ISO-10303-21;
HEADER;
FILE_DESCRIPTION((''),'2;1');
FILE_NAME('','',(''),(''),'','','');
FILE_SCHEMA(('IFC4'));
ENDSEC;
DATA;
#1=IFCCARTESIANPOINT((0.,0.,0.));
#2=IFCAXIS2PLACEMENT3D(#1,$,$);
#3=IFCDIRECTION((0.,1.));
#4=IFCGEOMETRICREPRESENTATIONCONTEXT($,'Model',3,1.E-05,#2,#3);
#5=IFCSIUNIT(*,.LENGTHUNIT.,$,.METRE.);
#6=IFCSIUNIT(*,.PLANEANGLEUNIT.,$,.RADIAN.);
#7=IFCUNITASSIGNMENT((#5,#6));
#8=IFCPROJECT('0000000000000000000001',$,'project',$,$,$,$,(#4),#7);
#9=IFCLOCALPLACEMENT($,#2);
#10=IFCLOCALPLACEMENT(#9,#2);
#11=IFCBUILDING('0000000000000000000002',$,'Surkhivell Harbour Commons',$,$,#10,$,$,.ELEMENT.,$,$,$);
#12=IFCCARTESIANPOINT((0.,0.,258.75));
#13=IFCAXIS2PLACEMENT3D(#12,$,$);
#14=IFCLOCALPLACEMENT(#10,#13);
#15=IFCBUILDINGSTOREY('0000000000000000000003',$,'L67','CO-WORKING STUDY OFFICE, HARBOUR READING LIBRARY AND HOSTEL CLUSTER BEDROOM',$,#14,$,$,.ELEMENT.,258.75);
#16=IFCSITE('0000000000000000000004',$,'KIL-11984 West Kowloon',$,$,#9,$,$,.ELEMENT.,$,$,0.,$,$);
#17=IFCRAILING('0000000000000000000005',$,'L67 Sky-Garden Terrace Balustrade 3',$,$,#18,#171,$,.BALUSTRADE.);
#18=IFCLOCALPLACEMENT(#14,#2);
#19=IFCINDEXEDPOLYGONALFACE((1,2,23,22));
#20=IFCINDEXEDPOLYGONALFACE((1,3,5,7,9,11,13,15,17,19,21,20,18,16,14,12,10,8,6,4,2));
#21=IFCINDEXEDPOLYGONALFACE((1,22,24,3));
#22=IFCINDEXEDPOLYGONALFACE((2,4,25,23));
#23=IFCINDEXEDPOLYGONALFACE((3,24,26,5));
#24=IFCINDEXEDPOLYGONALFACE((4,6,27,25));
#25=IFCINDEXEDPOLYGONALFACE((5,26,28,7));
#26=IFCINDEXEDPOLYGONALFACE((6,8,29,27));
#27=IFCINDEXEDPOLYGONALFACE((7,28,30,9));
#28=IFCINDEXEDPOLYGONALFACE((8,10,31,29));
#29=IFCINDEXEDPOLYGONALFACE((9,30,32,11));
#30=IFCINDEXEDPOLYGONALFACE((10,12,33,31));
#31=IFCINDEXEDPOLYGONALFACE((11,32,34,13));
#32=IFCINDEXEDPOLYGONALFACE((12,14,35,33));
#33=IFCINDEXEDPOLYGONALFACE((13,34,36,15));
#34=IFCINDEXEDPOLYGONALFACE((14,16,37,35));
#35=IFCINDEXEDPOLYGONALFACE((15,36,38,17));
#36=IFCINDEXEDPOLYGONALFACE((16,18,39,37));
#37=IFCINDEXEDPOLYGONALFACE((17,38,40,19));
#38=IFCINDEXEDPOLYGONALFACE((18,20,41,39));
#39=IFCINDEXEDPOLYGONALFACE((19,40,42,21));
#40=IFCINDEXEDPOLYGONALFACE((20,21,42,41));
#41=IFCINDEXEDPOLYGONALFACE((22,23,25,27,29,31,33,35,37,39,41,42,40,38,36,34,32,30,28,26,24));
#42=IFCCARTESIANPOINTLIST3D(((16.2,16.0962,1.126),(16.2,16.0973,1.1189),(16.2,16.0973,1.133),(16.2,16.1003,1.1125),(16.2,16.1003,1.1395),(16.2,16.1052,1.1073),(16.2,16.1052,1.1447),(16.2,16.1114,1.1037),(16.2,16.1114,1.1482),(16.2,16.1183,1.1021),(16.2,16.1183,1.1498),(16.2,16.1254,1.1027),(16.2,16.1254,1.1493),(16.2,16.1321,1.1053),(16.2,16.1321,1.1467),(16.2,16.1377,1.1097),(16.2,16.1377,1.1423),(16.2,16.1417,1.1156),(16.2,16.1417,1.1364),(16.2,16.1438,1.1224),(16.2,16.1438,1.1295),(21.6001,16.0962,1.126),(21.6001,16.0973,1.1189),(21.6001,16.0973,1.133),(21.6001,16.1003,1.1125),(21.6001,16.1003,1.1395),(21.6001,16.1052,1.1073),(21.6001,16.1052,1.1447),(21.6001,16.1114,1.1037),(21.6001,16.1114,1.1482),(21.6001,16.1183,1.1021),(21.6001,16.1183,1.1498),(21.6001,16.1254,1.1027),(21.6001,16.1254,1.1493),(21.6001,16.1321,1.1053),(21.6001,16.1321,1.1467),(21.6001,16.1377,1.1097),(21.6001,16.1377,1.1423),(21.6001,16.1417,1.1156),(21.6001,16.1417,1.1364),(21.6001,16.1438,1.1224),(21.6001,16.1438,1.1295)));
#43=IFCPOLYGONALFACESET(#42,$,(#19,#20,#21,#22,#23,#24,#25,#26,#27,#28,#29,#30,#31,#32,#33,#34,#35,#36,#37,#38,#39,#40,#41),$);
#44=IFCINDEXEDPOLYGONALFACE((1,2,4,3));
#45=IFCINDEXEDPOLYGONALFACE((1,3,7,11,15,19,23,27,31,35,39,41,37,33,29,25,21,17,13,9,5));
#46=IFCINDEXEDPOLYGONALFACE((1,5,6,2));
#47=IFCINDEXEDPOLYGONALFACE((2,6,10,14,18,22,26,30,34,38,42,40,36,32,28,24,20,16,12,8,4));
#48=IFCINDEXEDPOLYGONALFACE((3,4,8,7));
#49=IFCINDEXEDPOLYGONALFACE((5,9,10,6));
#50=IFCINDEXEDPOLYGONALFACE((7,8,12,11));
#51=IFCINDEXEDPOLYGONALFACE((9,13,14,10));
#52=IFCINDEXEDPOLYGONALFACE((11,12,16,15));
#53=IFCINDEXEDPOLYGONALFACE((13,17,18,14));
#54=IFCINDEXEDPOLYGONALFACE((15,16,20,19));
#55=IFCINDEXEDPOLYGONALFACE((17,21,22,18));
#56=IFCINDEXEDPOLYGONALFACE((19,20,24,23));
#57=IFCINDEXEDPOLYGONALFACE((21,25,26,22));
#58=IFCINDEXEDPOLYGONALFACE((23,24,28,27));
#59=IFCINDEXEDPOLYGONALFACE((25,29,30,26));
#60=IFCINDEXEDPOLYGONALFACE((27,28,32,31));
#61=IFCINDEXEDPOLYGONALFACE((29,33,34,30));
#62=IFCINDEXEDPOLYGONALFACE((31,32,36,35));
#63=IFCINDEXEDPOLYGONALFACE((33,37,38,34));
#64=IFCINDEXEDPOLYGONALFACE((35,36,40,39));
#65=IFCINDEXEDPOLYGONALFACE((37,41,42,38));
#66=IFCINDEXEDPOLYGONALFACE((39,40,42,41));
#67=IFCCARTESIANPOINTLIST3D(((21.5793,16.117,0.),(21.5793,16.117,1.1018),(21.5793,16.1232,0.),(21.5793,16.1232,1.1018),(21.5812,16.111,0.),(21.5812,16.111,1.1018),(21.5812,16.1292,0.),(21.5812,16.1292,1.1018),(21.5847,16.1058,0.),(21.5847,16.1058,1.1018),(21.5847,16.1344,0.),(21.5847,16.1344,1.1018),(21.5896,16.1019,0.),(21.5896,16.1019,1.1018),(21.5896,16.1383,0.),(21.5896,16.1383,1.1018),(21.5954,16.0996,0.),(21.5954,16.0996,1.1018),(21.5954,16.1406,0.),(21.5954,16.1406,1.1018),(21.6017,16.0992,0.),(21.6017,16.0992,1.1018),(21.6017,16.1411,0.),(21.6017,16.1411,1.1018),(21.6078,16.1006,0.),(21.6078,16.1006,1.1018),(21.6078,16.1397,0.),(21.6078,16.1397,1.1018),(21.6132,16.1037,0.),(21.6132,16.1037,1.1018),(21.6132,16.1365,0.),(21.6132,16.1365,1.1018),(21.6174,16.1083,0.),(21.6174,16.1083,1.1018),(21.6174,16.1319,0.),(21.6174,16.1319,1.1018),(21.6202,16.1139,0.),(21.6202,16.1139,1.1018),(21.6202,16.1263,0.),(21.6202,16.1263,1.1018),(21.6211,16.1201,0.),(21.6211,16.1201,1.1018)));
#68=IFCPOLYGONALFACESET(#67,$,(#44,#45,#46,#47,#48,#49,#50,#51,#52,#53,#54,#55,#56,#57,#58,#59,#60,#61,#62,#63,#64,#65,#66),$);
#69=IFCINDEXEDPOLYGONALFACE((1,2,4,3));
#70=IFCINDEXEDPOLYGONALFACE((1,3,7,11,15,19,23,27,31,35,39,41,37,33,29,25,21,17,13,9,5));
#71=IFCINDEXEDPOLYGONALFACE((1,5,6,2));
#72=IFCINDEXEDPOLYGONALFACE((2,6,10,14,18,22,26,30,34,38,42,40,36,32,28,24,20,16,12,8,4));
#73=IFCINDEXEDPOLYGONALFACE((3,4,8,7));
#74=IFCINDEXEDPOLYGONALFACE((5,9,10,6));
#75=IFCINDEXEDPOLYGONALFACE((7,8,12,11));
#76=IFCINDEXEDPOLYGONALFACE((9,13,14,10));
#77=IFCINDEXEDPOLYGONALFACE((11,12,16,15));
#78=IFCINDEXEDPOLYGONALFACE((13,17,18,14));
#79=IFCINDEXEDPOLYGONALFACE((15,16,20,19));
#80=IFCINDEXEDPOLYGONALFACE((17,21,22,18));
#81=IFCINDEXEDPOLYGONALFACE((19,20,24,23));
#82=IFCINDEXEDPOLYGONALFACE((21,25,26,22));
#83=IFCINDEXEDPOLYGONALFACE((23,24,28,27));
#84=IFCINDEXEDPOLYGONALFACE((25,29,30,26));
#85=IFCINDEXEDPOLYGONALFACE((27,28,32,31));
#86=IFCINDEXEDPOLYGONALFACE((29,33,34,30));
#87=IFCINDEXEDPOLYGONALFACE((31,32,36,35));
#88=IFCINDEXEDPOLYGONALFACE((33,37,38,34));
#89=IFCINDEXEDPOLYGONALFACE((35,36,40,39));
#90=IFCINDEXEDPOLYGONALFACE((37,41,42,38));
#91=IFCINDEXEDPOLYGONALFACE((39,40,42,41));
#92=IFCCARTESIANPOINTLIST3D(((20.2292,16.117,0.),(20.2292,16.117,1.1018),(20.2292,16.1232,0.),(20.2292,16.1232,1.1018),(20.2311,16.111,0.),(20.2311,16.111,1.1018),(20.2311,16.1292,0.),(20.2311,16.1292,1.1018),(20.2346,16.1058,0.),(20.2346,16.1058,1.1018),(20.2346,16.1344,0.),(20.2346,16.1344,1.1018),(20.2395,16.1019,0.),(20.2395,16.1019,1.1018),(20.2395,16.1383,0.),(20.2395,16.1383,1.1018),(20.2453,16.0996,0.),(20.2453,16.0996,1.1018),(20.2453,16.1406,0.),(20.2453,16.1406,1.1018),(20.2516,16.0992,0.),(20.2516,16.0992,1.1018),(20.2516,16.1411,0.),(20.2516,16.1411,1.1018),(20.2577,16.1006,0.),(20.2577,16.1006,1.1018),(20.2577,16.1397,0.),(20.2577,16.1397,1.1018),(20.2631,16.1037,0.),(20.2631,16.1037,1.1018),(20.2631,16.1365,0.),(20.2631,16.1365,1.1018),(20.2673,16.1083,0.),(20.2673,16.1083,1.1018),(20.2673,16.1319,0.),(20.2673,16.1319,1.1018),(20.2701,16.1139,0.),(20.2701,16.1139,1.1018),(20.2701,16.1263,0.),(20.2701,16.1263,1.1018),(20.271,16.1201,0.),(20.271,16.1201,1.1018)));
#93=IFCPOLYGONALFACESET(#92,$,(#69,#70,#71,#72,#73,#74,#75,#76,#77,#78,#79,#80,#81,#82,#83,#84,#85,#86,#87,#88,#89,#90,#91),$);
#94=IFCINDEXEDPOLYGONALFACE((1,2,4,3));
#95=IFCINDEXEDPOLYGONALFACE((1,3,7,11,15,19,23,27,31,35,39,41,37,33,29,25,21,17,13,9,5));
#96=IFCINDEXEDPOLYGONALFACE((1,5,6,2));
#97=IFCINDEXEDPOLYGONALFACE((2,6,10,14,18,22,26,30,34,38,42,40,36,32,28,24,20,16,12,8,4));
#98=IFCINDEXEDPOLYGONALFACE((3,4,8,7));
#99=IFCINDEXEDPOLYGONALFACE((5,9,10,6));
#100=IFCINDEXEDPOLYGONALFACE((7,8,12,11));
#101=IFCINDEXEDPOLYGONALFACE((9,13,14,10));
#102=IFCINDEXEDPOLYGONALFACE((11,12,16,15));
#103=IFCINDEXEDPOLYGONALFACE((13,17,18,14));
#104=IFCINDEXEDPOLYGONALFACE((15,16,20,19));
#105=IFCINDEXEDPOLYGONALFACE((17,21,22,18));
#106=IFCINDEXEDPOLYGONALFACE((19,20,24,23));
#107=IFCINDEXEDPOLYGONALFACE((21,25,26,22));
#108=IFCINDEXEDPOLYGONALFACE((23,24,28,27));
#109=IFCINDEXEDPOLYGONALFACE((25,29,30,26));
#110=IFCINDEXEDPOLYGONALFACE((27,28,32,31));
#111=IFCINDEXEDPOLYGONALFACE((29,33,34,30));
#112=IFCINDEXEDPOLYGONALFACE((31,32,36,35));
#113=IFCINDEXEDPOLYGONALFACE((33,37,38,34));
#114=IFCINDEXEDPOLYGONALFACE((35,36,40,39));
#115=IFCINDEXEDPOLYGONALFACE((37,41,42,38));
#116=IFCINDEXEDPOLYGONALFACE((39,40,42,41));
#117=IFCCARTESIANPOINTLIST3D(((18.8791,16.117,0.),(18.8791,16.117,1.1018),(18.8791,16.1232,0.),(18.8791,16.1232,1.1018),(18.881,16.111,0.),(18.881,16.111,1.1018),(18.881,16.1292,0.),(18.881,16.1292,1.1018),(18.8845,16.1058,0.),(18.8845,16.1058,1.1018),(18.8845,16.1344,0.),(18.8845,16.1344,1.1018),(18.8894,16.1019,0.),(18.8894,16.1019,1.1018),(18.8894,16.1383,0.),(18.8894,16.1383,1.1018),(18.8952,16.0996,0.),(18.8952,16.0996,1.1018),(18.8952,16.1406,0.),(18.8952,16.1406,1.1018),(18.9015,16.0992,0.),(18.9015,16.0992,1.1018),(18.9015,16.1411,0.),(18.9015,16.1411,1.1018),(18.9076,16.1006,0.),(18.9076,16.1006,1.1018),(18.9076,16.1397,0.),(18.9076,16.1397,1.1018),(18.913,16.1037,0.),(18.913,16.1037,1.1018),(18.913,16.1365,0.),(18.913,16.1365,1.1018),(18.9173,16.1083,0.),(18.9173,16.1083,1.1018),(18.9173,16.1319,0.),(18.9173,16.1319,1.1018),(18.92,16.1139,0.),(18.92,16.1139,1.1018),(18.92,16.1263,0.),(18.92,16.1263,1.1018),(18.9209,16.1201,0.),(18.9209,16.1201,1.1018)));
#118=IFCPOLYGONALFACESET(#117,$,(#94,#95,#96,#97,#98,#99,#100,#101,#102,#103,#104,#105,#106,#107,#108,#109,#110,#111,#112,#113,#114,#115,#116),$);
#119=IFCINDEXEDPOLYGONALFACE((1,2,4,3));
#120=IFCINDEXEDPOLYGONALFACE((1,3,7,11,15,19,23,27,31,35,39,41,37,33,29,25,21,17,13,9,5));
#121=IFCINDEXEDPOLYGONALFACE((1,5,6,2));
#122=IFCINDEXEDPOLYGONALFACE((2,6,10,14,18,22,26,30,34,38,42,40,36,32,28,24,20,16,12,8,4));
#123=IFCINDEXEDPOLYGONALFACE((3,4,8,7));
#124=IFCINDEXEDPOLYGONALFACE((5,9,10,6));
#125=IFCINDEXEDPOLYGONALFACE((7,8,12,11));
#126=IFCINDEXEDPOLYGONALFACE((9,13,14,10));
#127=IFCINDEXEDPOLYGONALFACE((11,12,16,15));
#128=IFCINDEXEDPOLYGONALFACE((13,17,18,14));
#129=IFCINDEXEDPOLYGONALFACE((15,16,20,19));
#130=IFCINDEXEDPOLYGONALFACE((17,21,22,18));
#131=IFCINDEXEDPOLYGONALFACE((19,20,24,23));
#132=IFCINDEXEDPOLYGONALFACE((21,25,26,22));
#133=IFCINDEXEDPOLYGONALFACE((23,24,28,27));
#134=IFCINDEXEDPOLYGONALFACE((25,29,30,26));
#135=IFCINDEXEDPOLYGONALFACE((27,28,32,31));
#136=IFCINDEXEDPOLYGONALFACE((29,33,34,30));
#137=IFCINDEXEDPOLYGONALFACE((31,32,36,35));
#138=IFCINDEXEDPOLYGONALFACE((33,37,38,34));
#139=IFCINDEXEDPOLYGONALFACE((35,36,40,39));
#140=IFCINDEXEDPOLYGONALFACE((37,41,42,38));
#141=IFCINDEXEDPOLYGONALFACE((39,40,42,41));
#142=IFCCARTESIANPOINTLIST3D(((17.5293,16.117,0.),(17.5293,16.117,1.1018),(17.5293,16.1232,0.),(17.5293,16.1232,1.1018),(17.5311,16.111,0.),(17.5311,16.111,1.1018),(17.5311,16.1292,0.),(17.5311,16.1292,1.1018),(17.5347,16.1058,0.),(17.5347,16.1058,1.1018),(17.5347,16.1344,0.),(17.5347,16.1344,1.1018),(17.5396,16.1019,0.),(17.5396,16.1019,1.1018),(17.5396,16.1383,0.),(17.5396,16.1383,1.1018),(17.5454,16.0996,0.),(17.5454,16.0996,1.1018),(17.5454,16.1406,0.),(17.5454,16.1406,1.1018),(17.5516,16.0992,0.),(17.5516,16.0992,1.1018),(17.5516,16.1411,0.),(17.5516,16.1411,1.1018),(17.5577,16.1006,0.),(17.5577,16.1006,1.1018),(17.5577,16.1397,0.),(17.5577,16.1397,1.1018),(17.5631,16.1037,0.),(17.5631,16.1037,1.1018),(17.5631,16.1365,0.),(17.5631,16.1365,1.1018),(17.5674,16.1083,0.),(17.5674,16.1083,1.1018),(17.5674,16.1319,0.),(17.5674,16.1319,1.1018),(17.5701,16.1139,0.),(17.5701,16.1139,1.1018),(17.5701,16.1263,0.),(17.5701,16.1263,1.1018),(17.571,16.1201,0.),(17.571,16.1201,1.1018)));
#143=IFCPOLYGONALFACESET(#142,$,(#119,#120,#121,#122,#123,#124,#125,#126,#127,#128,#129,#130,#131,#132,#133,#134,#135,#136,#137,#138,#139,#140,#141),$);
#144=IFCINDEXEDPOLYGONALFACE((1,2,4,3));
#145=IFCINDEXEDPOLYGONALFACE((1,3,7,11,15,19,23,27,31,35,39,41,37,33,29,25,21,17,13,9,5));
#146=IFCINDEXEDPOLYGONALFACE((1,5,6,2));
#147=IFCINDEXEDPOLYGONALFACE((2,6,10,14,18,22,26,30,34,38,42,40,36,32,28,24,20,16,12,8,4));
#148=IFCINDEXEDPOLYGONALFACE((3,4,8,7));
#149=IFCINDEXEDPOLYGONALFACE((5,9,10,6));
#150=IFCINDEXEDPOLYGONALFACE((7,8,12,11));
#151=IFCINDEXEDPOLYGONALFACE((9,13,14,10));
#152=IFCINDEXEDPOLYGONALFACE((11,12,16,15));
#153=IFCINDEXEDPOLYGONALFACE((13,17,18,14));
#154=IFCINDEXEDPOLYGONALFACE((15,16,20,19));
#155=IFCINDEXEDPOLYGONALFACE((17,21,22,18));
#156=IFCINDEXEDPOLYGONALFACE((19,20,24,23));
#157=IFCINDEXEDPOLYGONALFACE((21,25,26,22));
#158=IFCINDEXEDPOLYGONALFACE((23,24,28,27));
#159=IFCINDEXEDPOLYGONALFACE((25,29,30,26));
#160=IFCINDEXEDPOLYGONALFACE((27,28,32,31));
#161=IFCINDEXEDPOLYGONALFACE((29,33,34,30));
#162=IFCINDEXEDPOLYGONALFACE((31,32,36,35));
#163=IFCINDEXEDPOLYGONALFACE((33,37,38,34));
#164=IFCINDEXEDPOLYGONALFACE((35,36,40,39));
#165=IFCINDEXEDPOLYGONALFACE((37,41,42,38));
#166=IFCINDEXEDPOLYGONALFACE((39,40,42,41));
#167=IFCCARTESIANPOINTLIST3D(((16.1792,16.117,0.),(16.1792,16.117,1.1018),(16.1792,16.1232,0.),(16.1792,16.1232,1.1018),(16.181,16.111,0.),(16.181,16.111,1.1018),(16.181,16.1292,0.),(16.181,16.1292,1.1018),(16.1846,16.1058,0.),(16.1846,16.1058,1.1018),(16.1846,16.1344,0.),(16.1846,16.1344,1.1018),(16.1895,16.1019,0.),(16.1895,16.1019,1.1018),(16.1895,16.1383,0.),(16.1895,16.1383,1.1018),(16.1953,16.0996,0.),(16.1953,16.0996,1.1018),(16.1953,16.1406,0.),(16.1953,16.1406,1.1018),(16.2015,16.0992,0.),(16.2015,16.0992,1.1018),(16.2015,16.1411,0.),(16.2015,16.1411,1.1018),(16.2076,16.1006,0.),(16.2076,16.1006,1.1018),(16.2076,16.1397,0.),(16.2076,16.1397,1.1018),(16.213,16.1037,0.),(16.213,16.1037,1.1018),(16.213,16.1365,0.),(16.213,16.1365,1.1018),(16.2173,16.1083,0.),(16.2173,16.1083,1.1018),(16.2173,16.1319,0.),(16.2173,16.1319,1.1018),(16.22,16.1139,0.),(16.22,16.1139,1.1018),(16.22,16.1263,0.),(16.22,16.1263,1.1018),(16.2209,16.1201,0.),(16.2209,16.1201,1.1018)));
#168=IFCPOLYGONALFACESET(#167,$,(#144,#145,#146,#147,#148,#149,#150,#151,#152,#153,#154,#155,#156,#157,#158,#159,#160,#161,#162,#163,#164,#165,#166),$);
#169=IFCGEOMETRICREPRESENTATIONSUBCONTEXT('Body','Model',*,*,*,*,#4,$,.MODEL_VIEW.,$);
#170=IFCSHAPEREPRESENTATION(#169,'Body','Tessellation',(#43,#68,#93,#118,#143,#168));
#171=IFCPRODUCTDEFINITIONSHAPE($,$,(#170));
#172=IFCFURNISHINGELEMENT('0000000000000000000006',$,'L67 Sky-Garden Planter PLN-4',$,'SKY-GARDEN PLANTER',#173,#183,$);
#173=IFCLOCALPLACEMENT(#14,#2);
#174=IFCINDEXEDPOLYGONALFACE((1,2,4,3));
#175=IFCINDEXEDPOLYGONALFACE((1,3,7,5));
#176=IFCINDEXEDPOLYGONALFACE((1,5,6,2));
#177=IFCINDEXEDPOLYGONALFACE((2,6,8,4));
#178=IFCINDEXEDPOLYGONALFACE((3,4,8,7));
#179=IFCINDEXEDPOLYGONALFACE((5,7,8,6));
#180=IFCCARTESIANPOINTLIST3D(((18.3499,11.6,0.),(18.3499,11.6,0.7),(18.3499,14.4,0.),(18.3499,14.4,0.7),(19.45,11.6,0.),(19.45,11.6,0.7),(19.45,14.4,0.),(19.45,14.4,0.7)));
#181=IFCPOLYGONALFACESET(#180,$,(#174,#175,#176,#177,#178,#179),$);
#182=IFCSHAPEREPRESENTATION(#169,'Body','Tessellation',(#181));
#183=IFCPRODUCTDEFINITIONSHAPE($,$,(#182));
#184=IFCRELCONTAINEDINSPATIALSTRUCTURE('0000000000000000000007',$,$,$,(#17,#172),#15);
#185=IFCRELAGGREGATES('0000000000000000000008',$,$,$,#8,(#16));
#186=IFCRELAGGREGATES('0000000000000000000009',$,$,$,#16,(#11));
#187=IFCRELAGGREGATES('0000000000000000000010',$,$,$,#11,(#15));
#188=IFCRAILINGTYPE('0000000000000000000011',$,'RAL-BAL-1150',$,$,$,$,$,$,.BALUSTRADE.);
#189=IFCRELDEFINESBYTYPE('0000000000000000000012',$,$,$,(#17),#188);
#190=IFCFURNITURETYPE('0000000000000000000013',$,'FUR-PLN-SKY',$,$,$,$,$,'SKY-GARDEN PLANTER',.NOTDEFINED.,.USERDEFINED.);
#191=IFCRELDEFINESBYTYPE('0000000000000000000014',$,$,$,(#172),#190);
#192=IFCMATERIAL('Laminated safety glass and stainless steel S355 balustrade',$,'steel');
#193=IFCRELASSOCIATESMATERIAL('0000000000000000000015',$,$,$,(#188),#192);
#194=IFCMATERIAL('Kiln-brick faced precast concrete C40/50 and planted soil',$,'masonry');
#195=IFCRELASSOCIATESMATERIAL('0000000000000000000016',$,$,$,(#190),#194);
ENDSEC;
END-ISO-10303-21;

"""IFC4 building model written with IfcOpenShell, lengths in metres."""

from ifc_helpers import new_model, si_unit, direction, frame, origin, origin_2d, place, context, subcontext, project, spatial, rectangle, circle, extrude, material, type_object, element, save


model = new_model("IFC4")

# Units and contexts
model_context = context("Model", 3, precision=1e-05, world=origin(), true_north=direction((0.0, 1.0)))
body_context = subcontext(model_context, "Body", "Model", "MODEL_VIEW")
ifc_project = project(units=[si_unit("LENGTHUNIT", "METRE"), si_unit("PLANEANGLEUNIT", "RADIAN")], contexts=[model_context])

# Site, building, storey
site_placement = place(None, origin())
site = spatial("IfcSite", under=ifc_project, at=site_placement, Name="KIL-11984 West Kowloon", CompositionType="ELEMENT", RefElevation=0.0)
building_placement = place(site_placement, origin())
building = spatial("IfcBuilding", under=site, at=building_placement, Name="Surkhivell Harbour Commons", CompositionType="ELEMENT")
storey_placement = place(building_placement, frame((0.0, 0.0, 258.75)))
storey = spatial("IfcBuildingStorey", under=building, at=storey_placement, Name="L67", Description="CO-WORKING STUDY OFFICE, HARBOUR READING LIBRARY AND HOSTEL CLUSTER BEDROOM", CompositionType="ELEMENT", Elevation=258.75)

# Railing
ifc_material_1 = material(Name="Laminated safety glass and stainless steel S355 balustrade", Category="steel")
railing_type = type_object("IfcRailingType", Name="RAL-BAL-1150", PredefinedType="BALUSTRADE", material=ifc_material_1)
railing_1_placement = place(storey_placement, frame((21.6001, 16.1201, 0.0)))
element("IfcRailing", 1, at=railing_1_placement, inside=storey, type_object=railing_type, Name="L67 Sky-Garden Terrace Balustrade 3", PredefinedType="BALUSTRADE", context=body_context, shape_type="SweptSolid", body=[
    extrude(circle(Radius=0.0239, at=origin_2d()), frame((0.0, 0.0, 1.126), z_axis=(-1.0, 0.0, 0.0), x_axis=(0.0, -1.0, 0.0)), (0.0, 0.0, 1.0), 5.4001),
    extrude(circle(Radius=0.021, at=origin_2d()), origin(), (0.0, 0.0, 1.0), 1.1018),
    extrude(circle(Radius=0.021, at=origin_2d()), frame((-1.3501, 0.0, 0.0)), (0.0, 0.0, 1.0), 1.1018),
    extrude(circle(Radius=0.021, at=origin_2d()), frame((-2.7002, 0.0, 0.0)), (0.0, 0.0, 1.0), 1.1018),
    extrude(circle(Radius=0.021, at=origin_2d()), frame((-4.05, 0.0, 0.0)), (0.0, 0.0, 1.0), 1.1018),
    extrude(circle(Radius=0.021, at=origin_2d()), frame((-5.4001, 0.0, 0.0)), (0.0, 0.0, 1.0), 1.1018),
])

# Furnishing element
ifc_material_2 = material(Name="Kiln-brick faced precast concrete C40/50 and planted soil", Category="masonry")
furniture_type = type_object("IfcFurnitureType", Name="FUR-PLN-SKY", ElementType="SKY-GARDEN PLANTER", AssemblyPlace="NOTDEFINED", PredefinedType="USERDEFINED", material=ifc_material_2)
furnishing_placement = place(storey_placement, frame((18.8999, 13.0, 0.0), z_axis=(0.0, 0.0, 1.0), x_axis=(0.0, 1.0, 0.0)))
element("IfcFurnishingElement", 2, at=furnishing_placement, inside=storey, type_object=furniture_type, Name="L67 Sky-Garden Planter PLN-4", ObjectType="SKY-GARDEN PLANTER", context=body_context, shape_type="SweptSolid", body=[
    extrude(rectangle(XDim=2.8, YDim=1.1001, at=origin_2d()), origin(), (0.0, 0.0, 1.0), 0.7),
])

save(model, "model.ifc")
